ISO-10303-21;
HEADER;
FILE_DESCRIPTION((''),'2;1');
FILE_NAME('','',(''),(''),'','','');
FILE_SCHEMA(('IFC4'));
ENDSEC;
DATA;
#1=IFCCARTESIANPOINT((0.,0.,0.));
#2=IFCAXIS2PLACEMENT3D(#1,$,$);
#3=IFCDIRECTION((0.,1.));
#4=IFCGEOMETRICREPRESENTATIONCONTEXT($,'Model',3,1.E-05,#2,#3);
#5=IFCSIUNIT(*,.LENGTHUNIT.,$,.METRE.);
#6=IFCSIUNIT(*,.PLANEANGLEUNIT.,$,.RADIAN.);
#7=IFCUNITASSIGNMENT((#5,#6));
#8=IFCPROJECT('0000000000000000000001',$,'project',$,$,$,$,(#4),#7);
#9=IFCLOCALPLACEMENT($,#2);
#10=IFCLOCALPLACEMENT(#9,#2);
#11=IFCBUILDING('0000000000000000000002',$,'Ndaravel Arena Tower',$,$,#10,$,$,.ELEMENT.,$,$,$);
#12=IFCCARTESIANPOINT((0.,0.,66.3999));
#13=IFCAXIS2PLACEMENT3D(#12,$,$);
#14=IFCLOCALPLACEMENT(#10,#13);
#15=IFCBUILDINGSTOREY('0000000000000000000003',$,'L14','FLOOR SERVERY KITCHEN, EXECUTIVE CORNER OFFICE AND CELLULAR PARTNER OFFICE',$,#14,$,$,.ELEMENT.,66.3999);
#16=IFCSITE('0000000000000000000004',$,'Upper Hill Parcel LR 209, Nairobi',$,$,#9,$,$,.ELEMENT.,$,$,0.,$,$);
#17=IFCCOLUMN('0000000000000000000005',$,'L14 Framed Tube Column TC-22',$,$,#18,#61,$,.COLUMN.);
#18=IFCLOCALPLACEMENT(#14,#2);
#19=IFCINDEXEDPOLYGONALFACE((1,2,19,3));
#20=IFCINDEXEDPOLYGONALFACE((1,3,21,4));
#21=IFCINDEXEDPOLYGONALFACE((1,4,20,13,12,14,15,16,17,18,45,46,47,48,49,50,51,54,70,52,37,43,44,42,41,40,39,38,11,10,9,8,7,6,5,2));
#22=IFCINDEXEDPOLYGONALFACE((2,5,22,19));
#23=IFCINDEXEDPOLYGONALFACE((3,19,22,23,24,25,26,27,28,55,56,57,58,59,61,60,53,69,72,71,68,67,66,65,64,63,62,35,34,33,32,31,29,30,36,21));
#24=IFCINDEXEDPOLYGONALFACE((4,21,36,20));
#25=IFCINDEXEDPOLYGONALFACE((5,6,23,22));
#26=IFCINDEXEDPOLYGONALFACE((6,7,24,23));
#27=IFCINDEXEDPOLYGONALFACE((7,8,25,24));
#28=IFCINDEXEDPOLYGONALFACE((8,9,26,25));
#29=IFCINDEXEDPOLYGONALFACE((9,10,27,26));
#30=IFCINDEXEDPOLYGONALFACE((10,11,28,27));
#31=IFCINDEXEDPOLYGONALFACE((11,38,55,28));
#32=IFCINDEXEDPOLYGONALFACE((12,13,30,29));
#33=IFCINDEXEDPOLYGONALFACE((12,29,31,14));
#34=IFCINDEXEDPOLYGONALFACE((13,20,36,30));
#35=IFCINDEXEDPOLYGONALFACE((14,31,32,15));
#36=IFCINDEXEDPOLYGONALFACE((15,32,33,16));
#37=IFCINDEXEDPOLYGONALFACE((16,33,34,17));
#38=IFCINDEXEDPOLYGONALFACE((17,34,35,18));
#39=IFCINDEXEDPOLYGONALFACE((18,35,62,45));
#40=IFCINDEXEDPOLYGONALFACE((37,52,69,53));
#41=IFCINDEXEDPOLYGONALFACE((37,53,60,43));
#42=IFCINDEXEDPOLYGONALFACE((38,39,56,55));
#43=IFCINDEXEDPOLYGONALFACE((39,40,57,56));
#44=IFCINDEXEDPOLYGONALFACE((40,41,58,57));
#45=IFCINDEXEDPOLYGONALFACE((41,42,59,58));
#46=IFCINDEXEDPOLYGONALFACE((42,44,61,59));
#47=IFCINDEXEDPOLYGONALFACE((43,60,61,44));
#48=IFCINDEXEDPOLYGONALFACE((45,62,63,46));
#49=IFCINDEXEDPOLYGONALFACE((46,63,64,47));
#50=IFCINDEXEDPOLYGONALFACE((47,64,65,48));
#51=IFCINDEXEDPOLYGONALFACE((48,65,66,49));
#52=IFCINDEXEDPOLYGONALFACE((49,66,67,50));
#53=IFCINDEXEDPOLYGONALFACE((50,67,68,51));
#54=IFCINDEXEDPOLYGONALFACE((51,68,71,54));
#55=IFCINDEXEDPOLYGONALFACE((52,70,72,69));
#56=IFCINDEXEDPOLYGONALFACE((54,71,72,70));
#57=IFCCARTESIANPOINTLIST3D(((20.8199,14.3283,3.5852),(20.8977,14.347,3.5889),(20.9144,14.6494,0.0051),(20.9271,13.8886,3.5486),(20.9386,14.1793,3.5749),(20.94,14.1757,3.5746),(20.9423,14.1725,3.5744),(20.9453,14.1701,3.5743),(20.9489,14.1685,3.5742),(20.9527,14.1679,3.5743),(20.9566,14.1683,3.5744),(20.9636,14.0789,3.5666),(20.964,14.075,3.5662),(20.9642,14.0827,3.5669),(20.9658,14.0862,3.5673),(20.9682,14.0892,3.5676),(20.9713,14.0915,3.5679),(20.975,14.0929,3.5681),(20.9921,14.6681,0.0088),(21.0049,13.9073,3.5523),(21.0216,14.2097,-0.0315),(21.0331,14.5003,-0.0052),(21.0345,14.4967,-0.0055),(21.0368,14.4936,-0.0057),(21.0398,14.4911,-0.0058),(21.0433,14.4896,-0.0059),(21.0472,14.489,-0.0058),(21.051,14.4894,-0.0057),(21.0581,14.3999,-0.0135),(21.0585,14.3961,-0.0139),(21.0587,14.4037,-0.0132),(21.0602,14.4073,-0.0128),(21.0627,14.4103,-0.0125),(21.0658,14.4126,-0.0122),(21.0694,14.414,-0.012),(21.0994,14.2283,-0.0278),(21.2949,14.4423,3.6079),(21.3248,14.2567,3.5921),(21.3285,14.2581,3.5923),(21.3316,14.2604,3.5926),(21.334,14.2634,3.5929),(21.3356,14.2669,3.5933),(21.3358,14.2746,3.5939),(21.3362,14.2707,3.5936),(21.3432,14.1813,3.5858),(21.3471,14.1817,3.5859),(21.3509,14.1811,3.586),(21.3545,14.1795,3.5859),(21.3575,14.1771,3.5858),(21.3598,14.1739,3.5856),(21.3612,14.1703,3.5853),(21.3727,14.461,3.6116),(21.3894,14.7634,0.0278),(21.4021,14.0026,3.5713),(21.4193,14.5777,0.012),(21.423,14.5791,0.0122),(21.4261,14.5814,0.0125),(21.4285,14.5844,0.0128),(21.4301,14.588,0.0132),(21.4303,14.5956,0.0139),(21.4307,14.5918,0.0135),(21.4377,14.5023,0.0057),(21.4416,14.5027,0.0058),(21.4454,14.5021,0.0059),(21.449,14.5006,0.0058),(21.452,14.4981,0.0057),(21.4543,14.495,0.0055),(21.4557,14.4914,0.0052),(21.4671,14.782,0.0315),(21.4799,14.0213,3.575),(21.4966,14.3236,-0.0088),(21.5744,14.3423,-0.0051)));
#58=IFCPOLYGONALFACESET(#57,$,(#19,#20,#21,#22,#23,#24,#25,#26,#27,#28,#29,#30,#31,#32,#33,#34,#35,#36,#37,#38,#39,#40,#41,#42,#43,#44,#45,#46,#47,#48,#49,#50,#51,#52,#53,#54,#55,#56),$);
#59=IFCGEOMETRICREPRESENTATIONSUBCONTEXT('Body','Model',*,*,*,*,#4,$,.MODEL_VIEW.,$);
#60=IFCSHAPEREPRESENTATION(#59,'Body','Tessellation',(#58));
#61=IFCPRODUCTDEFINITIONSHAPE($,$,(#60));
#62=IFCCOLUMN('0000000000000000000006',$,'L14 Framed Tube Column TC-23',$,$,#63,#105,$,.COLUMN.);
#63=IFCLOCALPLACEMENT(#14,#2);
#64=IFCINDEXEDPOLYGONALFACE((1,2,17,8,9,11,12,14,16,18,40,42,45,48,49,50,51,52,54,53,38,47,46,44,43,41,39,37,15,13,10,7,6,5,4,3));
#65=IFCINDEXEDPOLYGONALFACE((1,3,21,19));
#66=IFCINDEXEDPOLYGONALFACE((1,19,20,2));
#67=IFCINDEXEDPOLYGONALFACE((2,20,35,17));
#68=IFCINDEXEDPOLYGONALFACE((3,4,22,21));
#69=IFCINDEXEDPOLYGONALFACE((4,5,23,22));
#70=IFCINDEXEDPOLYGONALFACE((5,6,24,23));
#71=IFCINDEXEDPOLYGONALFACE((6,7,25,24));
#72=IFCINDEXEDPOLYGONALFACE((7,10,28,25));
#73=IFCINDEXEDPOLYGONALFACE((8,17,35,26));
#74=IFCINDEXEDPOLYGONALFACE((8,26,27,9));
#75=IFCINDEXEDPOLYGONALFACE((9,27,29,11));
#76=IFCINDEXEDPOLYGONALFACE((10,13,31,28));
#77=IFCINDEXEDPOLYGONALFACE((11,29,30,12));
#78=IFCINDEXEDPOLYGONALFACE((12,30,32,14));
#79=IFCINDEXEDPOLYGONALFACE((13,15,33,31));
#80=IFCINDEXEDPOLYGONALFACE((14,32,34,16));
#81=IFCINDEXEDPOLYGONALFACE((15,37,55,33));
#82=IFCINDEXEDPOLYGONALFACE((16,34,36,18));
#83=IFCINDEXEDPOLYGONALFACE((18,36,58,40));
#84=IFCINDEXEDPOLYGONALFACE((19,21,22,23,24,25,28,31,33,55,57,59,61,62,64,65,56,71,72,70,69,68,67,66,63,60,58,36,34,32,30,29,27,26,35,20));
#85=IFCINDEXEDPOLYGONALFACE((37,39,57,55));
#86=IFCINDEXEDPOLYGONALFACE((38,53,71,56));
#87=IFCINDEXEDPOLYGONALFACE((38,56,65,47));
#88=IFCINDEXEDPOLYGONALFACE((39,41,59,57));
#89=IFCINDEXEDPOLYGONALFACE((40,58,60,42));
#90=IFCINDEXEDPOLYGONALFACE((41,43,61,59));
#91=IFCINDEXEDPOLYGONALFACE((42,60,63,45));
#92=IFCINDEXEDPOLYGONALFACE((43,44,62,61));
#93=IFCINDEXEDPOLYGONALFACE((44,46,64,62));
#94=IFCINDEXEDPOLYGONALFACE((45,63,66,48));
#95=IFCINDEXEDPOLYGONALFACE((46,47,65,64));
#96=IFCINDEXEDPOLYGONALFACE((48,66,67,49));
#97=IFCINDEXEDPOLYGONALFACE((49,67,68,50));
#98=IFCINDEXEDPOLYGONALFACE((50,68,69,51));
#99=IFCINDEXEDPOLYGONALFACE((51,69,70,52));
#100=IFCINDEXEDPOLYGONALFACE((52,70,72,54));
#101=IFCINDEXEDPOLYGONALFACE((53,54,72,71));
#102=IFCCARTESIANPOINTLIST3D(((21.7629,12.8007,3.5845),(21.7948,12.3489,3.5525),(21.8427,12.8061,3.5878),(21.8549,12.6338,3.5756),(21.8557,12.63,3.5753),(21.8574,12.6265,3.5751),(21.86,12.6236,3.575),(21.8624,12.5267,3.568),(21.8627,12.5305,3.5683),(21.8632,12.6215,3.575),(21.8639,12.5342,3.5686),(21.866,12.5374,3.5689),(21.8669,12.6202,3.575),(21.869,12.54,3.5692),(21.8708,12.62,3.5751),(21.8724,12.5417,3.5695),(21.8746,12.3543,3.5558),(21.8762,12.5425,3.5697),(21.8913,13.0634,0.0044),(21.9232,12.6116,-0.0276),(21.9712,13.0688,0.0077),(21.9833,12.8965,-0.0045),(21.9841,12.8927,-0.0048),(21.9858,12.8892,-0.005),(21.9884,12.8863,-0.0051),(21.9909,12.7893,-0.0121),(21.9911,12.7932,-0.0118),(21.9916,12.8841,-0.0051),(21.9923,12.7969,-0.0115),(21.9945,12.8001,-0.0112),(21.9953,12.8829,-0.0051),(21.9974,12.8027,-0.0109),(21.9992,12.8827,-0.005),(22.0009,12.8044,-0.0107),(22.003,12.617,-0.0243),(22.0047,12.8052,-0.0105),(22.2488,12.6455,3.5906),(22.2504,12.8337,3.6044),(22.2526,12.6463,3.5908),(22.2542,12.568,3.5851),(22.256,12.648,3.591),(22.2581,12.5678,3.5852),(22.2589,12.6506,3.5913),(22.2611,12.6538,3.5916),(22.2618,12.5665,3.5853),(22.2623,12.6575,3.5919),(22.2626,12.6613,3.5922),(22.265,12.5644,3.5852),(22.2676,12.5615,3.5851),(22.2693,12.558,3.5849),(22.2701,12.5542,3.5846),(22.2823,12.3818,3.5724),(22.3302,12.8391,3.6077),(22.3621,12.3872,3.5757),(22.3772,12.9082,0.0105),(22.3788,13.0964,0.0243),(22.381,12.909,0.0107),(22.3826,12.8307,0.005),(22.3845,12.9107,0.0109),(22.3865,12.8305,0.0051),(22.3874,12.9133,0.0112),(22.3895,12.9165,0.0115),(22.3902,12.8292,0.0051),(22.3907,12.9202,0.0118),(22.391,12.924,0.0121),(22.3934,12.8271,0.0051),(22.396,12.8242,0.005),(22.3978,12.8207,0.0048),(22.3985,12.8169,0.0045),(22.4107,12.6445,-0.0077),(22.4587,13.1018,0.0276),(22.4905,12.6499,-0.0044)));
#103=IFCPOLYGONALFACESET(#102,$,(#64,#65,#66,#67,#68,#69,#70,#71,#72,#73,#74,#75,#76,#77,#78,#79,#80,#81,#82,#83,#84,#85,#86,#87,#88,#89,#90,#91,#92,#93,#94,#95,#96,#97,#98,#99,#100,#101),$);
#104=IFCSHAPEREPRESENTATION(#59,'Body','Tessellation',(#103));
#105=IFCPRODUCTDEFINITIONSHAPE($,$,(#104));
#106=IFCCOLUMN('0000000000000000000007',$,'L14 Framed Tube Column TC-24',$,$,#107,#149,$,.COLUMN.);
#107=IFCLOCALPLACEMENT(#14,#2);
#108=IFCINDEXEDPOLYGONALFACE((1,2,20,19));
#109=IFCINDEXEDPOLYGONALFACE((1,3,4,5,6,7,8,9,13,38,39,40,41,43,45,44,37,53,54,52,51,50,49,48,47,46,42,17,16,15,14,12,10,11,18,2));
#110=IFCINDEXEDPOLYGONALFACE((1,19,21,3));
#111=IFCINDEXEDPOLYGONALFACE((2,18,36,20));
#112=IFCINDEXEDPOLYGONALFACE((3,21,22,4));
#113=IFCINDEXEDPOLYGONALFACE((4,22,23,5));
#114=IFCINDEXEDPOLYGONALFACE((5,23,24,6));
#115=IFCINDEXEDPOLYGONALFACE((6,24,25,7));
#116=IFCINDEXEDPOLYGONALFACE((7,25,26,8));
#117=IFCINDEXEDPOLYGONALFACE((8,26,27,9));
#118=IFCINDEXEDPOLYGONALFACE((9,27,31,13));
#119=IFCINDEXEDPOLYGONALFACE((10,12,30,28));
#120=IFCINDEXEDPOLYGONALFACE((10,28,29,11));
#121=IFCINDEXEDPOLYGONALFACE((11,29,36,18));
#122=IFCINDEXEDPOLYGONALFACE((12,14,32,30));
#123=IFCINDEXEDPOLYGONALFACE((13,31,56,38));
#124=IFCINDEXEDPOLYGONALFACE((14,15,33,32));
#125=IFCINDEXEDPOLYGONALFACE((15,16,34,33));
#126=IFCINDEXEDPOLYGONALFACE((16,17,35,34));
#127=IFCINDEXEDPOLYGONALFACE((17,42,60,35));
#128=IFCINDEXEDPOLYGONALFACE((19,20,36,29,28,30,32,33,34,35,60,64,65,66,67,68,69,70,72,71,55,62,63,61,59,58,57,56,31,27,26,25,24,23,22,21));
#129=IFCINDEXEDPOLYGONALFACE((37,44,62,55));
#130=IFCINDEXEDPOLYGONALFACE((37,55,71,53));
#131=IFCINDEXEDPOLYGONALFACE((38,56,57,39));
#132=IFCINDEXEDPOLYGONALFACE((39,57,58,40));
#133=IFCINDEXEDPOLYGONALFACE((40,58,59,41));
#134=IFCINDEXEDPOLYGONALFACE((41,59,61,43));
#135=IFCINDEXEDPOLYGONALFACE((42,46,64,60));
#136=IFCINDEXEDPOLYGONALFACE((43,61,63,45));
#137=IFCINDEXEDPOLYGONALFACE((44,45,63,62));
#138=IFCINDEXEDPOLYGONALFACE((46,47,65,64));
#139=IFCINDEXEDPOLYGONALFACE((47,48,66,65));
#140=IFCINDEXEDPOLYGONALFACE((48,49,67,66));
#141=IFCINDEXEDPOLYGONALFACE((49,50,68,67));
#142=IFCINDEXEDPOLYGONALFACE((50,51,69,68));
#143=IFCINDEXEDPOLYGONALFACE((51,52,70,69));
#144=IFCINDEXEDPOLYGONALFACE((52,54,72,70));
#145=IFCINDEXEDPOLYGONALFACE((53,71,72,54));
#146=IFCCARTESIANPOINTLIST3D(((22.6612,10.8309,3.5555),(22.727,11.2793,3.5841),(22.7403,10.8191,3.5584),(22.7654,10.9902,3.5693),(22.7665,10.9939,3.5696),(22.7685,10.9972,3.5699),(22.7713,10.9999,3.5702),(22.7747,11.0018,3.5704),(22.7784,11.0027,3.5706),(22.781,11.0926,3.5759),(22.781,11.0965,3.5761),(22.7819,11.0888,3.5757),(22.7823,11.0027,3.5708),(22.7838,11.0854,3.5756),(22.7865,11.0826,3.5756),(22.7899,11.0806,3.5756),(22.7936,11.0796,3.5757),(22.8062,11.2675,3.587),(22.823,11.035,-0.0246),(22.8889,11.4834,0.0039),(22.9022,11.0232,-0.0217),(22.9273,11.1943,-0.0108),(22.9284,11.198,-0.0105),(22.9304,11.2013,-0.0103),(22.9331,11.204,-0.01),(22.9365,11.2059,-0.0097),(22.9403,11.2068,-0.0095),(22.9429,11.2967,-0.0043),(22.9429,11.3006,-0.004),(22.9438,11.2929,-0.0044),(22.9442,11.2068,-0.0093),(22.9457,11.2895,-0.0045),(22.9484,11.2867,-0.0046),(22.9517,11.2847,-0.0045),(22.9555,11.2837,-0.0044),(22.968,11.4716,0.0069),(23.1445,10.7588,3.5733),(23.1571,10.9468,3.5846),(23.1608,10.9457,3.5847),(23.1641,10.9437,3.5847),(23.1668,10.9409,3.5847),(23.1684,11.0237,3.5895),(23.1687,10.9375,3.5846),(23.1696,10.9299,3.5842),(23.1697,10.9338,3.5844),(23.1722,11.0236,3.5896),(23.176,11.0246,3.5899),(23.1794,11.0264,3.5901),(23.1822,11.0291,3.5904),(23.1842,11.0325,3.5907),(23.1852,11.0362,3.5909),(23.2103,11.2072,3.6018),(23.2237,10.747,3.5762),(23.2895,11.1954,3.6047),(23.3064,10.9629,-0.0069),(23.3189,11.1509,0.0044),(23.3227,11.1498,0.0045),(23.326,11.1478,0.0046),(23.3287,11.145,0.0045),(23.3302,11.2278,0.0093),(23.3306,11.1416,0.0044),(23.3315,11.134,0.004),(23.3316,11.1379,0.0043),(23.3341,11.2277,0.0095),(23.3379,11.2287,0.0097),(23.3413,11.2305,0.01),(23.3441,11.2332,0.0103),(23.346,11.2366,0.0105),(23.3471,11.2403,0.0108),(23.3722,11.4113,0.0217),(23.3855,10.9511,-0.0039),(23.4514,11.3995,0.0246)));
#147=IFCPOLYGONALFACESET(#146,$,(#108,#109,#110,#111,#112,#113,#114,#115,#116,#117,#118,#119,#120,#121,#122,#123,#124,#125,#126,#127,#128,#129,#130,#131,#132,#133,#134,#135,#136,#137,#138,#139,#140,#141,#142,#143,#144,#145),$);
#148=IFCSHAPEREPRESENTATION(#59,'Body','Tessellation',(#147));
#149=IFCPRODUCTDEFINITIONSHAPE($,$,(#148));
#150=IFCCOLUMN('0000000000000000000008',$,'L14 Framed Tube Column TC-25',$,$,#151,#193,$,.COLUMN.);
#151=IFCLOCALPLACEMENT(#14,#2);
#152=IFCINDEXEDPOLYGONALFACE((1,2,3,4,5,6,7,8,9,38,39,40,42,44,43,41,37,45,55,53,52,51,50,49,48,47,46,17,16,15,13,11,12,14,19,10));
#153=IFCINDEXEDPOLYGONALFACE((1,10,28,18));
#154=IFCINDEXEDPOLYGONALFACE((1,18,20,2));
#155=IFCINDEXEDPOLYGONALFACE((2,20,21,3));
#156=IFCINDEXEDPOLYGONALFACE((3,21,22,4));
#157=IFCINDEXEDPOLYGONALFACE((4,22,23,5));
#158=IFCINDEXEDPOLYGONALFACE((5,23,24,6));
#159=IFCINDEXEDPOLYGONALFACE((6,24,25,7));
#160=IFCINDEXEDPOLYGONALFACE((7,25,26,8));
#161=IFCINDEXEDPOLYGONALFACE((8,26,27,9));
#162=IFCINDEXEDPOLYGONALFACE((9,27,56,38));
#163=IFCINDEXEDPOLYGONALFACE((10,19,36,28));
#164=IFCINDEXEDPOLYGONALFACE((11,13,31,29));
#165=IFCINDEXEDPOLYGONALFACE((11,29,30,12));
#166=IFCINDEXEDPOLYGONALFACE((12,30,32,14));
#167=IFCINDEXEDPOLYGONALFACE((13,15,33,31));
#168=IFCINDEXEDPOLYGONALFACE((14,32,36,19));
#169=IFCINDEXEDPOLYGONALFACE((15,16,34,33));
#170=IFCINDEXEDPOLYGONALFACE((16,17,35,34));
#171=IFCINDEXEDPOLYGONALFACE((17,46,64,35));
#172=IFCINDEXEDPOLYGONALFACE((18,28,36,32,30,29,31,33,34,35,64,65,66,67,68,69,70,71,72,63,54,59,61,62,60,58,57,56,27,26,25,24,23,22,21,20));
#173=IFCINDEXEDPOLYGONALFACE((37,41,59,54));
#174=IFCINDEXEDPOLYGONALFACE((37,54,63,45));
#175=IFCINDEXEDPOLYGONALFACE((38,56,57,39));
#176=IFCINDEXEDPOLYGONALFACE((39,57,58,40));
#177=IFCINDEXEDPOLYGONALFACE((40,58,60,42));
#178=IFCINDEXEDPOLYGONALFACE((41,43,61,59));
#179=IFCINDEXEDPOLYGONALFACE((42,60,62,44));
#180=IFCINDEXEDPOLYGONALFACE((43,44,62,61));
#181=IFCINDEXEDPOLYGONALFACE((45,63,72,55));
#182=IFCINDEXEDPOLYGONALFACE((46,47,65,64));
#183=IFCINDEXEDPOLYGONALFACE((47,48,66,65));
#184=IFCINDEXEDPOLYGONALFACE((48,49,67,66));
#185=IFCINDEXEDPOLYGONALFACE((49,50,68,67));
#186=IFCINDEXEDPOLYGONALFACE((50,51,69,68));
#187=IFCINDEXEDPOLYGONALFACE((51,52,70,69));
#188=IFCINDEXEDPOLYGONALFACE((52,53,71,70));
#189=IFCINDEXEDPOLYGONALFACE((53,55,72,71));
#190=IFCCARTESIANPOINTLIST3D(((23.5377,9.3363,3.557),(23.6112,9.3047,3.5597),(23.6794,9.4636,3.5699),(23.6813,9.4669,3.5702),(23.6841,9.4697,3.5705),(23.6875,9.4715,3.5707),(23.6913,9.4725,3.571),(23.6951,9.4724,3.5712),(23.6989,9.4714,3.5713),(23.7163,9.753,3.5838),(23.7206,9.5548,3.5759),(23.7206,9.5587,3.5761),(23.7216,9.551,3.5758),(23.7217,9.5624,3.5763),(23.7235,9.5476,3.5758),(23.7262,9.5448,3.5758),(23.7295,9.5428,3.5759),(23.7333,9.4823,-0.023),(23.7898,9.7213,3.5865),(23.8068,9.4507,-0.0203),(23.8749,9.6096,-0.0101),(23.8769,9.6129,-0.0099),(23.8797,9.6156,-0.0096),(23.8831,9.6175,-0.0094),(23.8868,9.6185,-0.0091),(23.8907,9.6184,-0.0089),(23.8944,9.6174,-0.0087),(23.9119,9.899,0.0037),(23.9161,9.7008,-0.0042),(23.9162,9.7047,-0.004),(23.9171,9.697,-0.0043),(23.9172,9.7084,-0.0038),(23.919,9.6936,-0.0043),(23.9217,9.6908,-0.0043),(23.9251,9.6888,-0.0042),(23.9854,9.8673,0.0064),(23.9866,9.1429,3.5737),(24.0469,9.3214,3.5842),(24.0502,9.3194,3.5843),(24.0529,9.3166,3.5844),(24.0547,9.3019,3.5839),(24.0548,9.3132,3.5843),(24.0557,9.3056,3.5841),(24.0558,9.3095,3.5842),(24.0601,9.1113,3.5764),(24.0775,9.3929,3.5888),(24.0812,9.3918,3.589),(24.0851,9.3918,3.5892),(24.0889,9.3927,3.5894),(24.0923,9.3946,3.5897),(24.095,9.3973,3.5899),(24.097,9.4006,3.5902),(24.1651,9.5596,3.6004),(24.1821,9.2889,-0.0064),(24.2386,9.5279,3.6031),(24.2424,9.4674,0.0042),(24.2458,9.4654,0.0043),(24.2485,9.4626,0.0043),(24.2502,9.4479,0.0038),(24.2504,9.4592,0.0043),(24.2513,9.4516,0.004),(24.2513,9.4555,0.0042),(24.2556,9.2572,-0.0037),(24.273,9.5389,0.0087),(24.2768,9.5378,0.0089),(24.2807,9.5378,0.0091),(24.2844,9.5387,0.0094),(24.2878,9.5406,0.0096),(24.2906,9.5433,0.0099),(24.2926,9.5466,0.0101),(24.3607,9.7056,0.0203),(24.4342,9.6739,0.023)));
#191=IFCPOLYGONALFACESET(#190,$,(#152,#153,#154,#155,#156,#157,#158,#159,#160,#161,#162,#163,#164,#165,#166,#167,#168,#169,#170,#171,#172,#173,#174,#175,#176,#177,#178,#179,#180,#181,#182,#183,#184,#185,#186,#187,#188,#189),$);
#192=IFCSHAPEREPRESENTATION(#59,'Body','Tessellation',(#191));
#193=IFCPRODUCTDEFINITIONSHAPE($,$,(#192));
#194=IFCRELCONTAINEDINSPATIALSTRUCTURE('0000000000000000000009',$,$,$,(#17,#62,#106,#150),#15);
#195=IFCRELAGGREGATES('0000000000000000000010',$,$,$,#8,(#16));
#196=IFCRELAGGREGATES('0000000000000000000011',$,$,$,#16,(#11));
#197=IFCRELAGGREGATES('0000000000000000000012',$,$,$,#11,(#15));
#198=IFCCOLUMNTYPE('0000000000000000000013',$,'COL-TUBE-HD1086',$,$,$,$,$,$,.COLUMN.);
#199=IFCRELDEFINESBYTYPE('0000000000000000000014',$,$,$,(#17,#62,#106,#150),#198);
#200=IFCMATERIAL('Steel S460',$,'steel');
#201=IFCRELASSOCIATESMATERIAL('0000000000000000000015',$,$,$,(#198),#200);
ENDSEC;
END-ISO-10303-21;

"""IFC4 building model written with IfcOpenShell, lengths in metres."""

from ifc_helpers import new_model, si_unit, direction, frame, origin, origin_2d, place, context, subcontext, project, spatial, i_section, extrude, material, material_profile, profile_set, type_object, element, save


model = new_model("IFC4")

# Units and contexts
model_context = context("Model", 3, precision=1e-05, world=origin(), true_north=direction((0.0, 1.0)))
body_context = subcontext(model_context, "Body", "Model", "MODEL_VIEW")
ifc_project = project(units=[si_unit("LENGTHUNIT", "METRE"), si_unit("PLANEANGLEUNIT", "RADIAN")], contexts=[model_context])

# Site, building, storey
site_placement = place(None, origin())
site = spatial("IfcSite", under=ifc_project, at=site_placement, Name="Upper Hill Parcel LR 209, Nairobi", CompositionType="ELEMENT", RefElevation=0.0)
building_placement = place(site_placement, origin())
building = spatial("IfcBuilding", under=site, at=building_placement, Name="Ndaravel Arena Tower", CompositionType="ELEMENT")
storey_placement = place(building_placement, frame((0.0, 0.0, 66.3999)))
storey = spatial("IfcBuildingStorey", under=building, at=storey_placement, Name="L14", Description="FLOOR SERVERY KITCHEN, EXECUTIVE CORNER OFFICE AND CELLULAR PARTNER OFFICE", CompositionType="ELEMENT", Elevation=66.3999)

# Columns
ifc_material_1 = material(Name="Steel S460", Category="steel")
ifc_material_profile_1 = material_profile(ifc_material_1, i_section(OverallWidth=0.4541, OverallDepth=0.5691, WebThickness=0.0779, FlangeThickness=0.0801, FilletRadius=0.0149, at=origin_2d()), Name="HD 400x1086")
ifc_profile_set_1 = profile_set([ifc_material_profile_1], Name="Steel S460")
column_type = type_object("IfcColumnType", Name="COL-TUBE-HD1086", PredefinedType="COLUMN", material=ifc_profile_set_1)
column_1_placement = place(storey_placement, frame((21.2444, 14.4958, 0.0), z_axis=(-0.026277, -0.089286, 0.995659), x_axis=(-0.236221, 0.968351, 0.080603)))
element("IfcColumn", 1, at=column_1_placement, inside=storey, type_object=column_type, Name="L14 Framed Tube Column TC-22", PredefinedType="COLUMN", context=body_context, shape_type="SweptSolid", body=[
    extrude(i_section(OverallWidth=0.4541, OverallDepth=0.5691, WebThickness=0.0779, FlangeThickness=0.0801, FilletRadius=0.0149, at=origin_2d()), origin(), (0.0, 0.0, 1.0), 3.5957),
])
column_2_placement = place(storey_placement, frame((22.1909, 12.8567, 0.0), z_axis=(-0.035751, -0.073133, 0.996681), x_axis=(-0.070121, 0.995044, 0.070498)))
element("IfcColumn", 2, at=column_2_placement, inside=storey, type_object=column_type, Name="L14 Framed Tube Column TC-23", PredefinedType="COLUMN", context=body_context, shape_type="SweptSolid", body=[
    extrude(i_section(OverallWidth=0.4541, OverallDepth=0.5691, WebThickness=0.0779, FlangeThickness=0.0801, FilletRadius=0.0149, at=origin_2d()), origin(), (0.0, 0.0, 1.0), 3.592),
])
column_3_placement = place(storey_placement, frame((23.1372, 11.2173, 0.0), z_axis=(-0.045094, -0.05686, 0.997363), x_axis=(0.144951, 0.987441, 0.062848)))
element("IfcColumn", 3, at=column_3_placement, inside=storey, type_object=column_type, Name="L14 Framed Tube Column TC-24", PredefinedType="COLUMN", context=body_context, shape_type="SweptSolid", body=[
    extrude(i_section(OverallWidth=0.4541, OverallDepth=0.5691, WebThickness=0.0779, FlangeThickness=0.0801, FilletRadius=0.0149, at=origin_2d()), origin(), (0.0, 0.0, 1.0), 3.5896),
])
for number, where, z_axis, x_axis, name in (
    (4, (24.0837, 9.5781, 0.0), (-0.054497, -0.040686, 0.997685), (0.393237, 0.917549, 0.058898), "L14 Framed Tube Column TC-25"),
):
    element("IfcColumn", number, at=place(storey_placement, frame(where, z_axis=z_axis, x_axis=x_axis)), inside=storey, type_object=column_type, Name=name, PredefinedType="COLUMN", context=body_context, shape_type="SweptSolid", body=[
        extrude(i_section(OverallWidth=0.4541, OverallDepth=0.5691, WebThickness=0.0779, FlangeThickness=0.0801, FilletRadius=0.0149, at=origin_2d()), origin(), (0.0, 0.0, 1.0), 3.5884),
    ])

save(model, "model.ifc")
